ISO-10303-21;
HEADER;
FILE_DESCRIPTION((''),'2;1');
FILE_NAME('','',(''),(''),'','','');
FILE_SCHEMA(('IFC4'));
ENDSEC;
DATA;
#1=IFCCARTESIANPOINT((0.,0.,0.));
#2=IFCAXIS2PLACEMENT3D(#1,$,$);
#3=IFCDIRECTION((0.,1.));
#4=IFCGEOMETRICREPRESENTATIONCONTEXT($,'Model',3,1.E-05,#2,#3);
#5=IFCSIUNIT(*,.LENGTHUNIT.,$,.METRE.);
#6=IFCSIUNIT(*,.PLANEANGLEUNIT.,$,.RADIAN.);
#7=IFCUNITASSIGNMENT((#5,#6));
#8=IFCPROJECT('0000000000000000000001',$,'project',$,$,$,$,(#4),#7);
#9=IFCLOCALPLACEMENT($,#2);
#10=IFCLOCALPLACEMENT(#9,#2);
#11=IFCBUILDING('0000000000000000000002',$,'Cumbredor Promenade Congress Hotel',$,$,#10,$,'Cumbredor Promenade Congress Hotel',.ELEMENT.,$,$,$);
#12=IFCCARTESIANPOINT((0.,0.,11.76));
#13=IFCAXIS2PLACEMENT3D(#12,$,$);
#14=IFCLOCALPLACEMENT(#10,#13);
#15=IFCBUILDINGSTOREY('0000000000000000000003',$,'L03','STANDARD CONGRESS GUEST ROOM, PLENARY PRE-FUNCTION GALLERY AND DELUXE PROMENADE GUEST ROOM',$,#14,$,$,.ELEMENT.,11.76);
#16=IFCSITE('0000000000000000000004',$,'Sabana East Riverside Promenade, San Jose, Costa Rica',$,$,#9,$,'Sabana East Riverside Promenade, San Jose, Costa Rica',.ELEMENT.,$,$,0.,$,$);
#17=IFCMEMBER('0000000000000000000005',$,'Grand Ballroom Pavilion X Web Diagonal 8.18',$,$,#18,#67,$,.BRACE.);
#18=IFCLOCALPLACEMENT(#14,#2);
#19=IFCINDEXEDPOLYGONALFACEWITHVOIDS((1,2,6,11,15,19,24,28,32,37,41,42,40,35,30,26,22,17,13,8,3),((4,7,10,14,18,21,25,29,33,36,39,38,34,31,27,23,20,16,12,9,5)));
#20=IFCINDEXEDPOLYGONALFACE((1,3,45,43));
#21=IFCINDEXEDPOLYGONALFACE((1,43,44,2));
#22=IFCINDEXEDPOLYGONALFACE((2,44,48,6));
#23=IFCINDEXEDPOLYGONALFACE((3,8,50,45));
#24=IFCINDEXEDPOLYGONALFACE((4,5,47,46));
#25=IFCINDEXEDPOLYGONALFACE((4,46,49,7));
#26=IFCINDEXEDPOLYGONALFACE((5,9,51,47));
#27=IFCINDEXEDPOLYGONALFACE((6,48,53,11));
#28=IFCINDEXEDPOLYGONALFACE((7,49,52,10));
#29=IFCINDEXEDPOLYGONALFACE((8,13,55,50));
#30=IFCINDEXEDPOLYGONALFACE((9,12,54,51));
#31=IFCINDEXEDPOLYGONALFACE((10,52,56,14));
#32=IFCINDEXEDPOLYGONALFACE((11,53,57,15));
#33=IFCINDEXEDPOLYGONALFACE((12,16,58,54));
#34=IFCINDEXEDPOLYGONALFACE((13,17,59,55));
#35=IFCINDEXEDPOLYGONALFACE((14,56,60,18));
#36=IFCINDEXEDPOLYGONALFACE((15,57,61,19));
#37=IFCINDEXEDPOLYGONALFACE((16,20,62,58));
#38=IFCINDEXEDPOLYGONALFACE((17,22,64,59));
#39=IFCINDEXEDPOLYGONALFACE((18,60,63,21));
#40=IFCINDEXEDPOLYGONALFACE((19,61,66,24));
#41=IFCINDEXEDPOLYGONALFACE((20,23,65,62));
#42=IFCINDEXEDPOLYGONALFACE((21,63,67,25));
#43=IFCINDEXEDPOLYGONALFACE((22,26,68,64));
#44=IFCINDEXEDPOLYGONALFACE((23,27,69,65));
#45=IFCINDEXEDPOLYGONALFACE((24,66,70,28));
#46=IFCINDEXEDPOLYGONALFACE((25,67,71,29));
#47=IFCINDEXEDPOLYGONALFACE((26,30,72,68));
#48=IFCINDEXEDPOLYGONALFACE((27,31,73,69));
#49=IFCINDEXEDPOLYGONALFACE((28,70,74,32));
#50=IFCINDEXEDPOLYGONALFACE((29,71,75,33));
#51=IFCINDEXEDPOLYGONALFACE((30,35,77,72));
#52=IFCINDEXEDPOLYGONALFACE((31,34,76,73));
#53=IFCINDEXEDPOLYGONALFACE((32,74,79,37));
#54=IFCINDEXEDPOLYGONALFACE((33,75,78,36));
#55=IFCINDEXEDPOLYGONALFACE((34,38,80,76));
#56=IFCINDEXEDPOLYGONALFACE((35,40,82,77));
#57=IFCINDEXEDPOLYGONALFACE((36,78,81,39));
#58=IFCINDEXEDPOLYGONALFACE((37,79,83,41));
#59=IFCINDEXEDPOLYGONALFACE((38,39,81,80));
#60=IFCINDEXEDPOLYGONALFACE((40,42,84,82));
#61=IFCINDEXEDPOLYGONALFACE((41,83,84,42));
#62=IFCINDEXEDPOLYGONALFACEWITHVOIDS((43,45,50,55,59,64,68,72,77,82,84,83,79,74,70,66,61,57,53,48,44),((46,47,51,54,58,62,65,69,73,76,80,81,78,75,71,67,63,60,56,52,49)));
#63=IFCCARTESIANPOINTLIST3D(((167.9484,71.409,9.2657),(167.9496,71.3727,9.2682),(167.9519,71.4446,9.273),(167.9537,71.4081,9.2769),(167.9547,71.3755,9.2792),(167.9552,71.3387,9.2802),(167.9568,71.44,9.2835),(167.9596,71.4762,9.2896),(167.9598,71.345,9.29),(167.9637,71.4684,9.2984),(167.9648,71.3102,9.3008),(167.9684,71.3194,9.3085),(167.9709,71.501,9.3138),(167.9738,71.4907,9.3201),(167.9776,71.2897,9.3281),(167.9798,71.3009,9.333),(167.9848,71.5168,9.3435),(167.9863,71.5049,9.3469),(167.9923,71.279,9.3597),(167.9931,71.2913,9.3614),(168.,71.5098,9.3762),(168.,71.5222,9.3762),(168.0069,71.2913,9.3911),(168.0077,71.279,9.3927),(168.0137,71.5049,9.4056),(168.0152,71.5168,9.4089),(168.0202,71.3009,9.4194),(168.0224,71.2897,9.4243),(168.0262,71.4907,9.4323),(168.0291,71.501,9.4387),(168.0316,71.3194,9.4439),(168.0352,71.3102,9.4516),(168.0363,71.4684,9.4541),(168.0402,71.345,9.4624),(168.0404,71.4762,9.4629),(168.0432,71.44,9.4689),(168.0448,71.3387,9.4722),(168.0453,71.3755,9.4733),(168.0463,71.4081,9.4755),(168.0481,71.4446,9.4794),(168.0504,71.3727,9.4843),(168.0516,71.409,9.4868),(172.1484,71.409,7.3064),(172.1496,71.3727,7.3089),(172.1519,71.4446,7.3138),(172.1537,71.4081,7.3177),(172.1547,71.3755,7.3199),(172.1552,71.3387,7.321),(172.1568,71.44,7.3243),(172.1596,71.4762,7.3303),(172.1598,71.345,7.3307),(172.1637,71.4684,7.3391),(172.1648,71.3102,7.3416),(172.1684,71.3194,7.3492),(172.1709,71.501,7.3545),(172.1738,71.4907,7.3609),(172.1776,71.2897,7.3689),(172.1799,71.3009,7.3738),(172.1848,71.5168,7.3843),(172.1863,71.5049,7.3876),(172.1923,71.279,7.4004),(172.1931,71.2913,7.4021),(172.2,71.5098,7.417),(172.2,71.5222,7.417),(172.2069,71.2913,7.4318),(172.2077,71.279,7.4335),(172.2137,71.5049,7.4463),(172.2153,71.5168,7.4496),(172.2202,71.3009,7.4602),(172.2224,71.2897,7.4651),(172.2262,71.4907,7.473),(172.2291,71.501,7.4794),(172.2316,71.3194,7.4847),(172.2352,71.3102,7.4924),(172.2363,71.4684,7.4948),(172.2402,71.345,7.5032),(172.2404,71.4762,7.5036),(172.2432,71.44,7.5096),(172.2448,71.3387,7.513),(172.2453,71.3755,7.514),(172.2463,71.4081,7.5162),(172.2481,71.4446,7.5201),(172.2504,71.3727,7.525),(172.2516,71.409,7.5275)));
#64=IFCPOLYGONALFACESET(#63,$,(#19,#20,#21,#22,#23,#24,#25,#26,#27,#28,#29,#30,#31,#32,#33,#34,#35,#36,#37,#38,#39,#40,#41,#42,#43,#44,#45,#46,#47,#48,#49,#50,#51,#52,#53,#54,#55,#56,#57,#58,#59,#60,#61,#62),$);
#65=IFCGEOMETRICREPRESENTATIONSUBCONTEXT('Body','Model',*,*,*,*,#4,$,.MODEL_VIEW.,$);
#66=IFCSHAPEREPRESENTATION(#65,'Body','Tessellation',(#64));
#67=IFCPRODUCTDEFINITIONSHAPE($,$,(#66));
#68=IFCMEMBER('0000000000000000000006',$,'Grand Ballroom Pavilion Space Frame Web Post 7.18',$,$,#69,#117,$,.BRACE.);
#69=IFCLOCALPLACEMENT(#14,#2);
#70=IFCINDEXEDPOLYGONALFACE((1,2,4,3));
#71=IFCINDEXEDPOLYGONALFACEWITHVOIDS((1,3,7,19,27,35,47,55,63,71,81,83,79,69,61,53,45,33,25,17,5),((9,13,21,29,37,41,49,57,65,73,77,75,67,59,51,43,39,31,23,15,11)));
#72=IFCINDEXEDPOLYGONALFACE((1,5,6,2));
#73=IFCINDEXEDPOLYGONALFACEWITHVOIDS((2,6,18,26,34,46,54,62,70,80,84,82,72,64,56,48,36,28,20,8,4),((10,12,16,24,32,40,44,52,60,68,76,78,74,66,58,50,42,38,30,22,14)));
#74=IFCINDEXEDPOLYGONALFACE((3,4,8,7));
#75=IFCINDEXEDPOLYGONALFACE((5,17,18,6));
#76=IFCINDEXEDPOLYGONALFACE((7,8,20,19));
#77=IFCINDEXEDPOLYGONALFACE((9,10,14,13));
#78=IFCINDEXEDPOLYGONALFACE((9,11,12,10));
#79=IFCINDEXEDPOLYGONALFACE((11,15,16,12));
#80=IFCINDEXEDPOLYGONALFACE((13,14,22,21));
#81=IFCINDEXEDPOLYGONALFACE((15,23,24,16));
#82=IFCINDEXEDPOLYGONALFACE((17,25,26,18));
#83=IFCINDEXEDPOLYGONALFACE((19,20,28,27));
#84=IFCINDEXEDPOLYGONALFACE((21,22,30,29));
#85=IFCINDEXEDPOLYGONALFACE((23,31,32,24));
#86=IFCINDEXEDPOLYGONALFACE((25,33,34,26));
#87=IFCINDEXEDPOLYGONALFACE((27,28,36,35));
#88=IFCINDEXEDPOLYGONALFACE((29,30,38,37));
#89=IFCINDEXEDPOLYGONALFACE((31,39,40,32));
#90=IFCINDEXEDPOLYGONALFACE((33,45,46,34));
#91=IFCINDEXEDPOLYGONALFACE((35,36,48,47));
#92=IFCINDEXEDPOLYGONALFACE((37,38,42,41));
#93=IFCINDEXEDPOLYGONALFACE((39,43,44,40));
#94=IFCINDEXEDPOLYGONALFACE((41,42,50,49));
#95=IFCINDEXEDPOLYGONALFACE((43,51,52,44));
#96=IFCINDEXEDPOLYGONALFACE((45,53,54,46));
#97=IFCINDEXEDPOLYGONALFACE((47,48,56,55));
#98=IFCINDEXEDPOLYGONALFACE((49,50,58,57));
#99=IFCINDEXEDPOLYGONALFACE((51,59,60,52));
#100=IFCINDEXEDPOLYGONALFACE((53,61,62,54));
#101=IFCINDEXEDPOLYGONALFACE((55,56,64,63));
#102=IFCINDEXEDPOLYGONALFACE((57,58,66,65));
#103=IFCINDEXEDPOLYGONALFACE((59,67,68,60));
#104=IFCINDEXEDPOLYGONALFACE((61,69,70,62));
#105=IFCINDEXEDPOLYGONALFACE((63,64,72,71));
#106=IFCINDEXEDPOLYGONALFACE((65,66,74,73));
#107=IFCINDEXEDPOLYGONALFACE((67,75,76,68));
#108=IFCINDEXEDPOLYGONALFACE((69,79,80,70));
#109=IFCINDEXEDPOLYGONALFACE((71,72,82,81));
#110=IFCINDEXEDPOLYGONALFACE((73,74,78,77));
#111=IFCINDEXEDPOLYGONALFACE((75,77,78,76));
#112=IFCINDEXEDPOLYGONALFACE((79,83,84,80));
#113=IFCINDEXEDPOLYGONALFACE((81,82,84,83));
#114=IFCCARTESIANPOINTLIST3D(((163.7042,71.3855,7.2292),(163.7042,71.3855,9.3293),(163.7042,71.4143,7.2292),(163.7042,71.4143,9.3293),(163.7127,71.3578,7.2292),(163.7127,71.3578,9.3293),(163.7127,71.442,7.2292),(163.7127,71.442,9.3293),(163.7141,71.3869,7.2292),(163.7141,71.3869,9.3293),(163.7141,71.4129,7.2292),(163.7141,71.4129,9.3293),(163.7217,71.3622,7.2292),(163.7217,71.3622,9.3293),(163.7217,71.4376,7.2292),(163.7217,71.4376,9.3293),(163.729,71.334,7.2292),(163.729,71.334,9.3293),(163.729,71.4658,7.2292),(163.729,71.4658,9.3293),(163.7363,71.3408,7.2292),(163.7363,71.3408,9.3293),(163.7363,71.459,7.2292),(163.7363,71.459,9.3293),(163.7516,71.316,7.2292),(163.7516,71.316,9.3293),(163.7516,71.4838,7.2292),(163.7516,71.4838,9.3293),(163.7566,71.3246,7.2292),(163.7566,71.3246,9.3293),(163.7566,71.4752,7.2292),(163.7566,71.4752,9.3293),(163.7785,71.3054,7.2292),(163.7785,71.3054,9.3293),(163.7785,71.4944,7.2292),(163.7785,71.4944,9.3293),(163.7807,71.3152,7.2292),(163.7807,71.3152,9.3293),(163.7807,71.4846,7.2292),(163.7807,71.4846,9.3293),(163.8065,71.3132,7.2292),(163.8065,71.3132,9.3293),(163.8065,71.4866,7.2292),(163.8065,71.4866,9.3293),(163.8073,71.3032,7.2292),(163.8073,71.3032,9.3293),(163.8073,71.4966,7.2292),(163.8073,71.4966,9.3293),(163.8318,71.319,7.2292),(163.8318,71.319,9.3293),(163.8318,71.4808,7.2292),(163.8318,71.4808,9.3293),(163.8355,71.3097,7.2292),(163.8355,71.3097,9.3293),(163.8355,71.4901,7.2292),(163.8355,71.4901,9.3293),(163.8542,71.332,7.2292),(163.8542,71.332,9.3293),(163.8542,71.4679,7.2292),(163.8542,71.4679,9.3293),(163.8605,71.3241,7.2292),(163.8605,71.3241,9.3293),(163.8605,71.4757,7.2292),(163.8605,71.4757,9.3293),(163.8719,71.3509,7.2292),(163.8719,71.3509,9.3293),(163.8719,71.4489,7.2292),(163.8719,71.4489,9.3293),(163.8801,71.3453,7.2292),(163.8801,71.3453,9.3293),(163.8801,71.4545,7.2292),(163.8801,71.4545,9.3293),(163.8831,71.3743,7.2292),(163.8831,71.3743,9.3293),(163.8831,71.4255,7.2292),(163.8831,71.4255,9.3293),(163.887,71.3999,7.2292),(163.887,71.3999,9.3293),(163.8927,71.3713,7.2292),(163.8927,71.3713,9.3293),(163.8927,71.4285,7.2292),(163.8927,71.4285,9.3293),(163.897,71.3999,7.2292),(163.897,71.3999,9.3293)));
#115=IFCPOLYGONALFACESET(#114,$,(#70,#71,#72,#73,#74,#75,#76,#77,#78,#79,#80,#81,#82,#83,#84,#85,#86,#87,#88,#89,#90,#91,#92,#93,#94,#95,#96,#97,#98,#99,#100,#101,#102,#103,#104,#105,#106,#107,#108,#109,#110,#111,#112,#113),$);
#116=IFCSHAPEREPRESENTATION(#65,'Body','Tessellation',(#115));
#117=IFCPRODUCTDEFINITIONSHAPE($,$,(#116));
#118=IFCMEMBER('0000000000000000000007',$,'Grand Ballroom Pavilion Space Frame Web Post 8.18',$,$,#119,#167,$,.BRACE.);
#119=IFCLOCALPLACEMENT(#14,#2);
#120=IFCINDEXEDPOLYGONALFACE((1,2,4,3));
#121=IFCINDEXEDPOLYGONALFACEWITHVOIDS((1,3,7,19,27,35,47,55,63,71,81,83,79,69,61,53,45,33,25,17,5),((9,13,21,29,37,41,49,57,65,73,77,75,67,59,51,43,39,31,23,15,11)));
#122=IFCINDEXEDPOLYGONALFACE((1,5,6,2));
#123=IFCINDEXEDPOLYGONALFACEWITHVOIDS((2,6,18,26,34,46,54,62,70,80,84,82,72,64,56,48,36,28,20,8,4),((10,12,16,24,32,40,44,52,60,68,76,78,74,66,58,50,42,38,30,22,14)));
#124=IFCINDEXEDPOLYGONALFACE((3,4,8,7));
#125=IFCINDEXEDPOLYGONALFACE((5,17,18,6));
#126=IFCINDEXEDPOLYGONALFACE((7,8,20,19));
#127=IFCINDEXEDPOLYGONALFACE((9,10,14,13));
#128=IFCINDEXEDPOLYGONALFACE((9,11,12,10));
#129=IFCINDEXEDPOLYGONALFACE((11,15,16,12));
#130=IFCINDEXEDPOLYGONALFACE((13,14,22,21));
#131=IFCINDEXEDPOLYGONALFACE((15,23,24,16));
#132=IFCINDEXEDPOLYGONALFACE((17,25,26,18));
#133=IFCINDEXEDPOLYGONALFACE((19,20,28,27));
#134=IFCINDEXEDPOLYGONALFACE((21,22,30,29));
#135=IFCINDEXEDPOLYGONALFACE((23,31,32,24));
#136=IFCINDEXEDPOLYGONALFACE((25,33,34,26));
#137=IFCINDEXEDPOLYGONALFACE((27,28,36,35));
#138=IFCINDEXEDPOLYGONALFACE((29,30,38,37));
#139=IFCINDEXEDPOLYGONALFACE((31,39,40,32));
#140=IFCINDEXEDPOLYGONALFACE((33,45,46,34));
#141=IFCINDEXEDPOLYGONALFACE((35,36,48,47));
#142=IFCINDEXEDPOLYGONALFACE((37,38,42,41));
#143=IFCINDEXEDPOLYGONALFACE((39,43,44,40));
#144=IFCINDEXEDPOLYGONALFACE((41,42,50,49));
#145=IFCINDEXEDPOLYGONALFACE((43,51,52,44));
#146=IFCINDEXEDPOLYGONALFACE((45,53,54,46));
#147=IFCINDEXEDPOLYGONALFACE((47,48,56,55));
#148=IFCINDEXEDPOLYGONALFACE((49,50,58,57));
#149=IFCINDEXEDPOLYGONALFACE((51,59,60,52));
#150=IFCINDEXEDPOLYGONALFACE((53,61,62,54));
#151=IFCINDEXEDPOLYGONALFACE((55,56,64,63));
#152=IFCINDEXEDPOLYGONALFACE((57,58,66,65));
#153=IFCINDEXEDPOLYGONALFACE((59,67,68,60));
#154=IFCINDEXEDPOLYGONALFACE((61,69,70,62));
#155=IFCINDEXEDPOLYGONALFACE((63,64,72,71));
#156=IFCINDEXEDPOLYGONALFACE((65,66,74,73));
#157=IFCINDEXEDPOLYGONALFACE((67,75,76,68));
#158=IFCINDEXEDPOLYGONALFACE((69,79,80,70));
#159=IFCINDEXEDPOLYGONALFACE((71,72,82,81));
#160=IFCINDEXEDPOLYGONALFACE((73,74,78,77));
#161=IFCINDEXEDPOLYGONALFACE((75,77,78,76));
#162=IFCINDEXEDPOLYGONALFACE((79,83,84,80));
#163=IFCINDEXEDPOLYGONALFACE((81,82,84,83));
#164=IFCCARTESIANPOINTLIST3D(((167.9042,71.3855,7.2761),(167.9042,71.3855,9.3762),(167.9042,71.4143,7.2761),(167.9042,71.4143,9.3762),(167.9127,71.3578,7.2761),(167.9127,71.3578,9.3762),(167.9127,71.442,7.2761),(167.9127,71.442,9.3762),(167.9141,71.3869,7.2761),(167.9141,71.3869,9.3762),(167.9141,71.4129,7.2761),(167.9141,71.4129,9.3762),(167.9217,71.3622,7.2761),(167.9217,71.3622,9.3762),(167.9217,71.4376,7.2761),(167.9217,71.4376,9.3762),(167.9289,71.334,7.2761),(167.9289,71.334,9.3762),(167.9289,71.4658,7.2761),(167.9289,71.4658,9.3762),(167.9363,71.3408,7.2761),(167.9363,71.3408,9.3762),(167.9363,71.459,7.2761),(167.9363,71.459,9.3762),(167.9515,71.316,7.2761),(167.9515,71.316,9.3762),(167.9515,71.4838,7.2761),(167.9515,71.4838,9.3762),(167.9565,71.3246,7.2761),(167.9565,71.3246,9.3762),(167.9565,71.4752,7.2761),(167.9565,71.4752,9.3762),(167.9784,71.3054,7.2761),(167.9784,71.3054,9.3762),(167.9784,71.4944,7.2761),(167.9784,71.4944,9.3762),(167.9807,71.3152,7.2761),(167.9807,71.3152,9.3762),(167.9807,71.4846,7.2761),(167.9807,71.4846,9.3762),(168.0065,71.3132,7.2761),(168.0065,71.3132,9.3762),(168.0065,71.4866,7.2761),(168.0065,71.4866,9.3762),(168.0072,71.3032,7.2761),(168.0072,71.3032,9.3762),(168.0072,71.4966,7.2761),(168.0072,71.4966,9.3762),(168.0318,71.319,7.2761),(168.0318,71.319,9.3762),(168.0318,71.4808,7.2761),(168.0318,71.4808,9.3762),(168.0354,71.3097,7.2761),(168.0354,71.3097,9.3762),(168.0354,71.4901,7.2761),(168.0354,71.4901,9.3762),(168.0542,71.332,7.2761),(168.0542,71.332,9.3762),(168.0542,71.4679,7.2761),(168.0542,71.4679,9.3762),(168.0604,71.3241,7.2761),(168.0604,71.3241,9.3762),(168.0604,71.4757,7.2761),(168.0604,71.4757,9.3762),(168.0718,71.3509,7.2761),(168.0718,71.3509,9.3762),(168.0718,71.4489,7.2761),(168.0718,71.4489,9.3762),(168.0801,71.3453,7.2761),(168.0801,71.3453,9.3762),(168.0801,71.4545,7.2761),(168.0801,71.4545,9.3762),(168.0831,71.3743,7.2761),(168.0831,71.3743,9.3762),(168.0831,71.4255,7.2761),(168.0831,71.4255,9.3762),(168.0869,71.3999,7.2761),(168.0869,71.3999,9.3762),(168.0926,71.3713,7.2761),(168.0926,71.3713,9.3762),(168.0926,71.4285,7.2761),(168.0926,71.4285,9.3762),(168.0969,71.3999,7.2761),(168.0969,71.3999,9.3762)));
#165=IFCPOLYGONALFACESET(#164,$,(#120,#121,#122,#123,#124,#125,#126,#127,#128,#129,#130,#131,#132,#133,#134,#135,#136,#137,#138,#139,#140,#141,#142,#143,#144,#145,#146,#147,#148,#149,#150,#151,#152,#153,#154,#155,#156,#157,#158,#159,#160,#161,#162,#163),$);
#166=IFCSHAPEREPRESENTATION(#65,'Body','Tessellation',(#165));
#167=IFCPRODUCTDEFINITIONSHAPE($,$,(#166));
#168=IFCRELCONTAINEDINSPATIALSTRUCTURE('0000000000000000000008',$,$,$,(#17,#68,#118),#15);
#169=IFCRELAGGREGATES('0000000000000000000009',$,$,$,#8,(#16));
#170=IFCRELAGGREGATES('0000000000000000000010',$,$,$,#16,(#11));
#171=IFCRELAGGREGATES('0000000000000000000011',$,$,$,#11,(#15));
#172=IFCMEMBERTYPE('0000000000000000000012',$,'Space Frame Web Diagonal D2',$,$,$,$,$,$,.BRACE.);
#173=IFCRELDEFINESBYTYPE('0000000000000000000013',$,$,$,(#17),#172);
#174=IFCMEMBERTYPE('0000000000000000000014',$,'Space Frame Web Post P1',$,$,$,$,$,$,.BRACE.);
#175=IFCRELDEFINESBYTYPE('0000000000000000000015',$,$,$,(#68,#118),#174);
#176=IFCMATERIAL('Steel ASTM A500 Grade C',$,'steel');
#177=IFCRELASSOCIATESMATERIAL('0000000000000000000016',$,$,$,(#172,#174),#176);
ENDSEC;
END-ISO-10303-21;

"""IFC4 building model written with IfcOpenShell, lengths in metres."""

from ifc_helpers import new_model, si_unit, direction, frame, origin, origin_2d, place, context, subcontext, project, spatial, hollow_circle, extrude, material, material_profile, profile_set, type_object, element, save


model = new_model("IFC4")

# Units and contexts
model_context = context("Model", 3, precision=1e-05, world=origin(), true_north=direction((0.0, 1.0)))
body_context = subcontext(model_context, "Body", "Model", "MODEL_VIEW")
ifc_project = project(units=[si_unit("LENGTHUNIT", "METRE"), si_unit("PLANEANGLEUNIT", "RADIAN")], contexts=[model_context])

# Site, building, storey
site_placement = place(None, origin())
site = spatial("IfcSite", under=ifc_project, at=site_placement, Name="Sabana East Riverside Promenade, San Jose, Costa Rica", LongName="Sabana East Riverside Promenade, San Jose, Costa Rica", CompositionType="ELEMENT", RefElevation=0.0)
building_placement = place(site_placement, origin())
building = spatial("IfcBuilding", under=site, at=building_placement, Name="Cumbredor Promenade Congress Hotel", LongName="Cumbredor Promenade Congress Hotel", CompositionType="ELEMENT")
storey_placement = place(building_placement, frame((0.0, 0.0, 11.76)))
storey = spatial("IfcBuildingStorey", under=building, at=storey_placement, Name="L03", Description="STANDARD CONGRESS GUEST ROOM, PLENARY PRE-FUNCTION GALLERY AND DELUXE PROMENADE GUEST ROOM", CompositionType="ELEMENT", Elevation=11.76)

# Members
ifc_material_1 = material(Name="Steel ASTM A500 Grade C", Category="steel")
ifc_material_profile_1 = material_profile(ifc_material_1, hollow_circle(Radius=0.1223, WallThickness=0.0125, at=origin_2d()), Name="CHS 244.5x12.5")
ifc_profile_set_1 = profile_set([ifc_material_profile_1], Name="Steel ASTM A500 Grade C")
member_type_1 = type_object("IfcMemberType", Name="Space Frame Web Diagonal D2", PredefinedType="BRACE", material=ifc_profile_set_1)
member_1_placement = place(storey_placement, frame((168.0, 71.3999, 9.3762), z_axis=(0.906245, 0.0, -0.422753), x_axis=(0.0, 1.0, 0.0)))
element("IfcMember", 1, at=member_1_placement, inside=storey, type_object=member_type_1, Name="Grand Ballroom Pavilion X Web Diagonal 8.18", PredefinedType="BRACE", context=body_context, shape_type="SweptSolid", body=[
    extrude(hollow_circle(Radius=0.1223, WallThickness=0.0125, at=origin_2d()), origin(), (0.0, 0.0, 1.0), 4.6345),
])
ifc_material_profile_2 = material_profile(ifc_material_1, hollow_circle(Radius=0.0969, WallThickness=0.01, at=origin_2d()), Name="CHS 193.7x10")
ifc_profile_set_2 = profile_set([ifc_material_profile_2], Name="Steel ASTM A500 Grade C")
member_type_2 = type_object("IfcMemberType", Name="Space Frame Web Post P1", PredefinedType="BRACE", material=ifc_profile_set_2)
for number, where, z_axis, x_axis, name in (
    (2, (163.8, 71.3999, 7.2292), (0.0, 0.0, 1.0), (1.0, 0.0, 0.0), "Grand Ballroom Pavilion Space Frame Web Post 7.18"),
    (3, (168.0, 71.3999, 7.2761), (0.0, 0.0, 1.0), (1.0, 0.0, 0.0), "Grand Ballroom Pavilion Space Frame Web Post 8.18"),
):
    element("IfcMember", number, at=place(storey_placement, frame(where, z_axis=z_axis, x_axis=x_axis)), inside=storey, type_object=member_type_2, Name=name, PredefinedType="BRACE", context=body_context, shape_type="SweptSolid", body=[
        extrude(hollow_circle(Radius=0.0969, WallThickness=0.01, at=origin_2d()), origin(), (0.0, 0.0, 1.0), 2.1001),
    ])

save(model, "model.ifc")
